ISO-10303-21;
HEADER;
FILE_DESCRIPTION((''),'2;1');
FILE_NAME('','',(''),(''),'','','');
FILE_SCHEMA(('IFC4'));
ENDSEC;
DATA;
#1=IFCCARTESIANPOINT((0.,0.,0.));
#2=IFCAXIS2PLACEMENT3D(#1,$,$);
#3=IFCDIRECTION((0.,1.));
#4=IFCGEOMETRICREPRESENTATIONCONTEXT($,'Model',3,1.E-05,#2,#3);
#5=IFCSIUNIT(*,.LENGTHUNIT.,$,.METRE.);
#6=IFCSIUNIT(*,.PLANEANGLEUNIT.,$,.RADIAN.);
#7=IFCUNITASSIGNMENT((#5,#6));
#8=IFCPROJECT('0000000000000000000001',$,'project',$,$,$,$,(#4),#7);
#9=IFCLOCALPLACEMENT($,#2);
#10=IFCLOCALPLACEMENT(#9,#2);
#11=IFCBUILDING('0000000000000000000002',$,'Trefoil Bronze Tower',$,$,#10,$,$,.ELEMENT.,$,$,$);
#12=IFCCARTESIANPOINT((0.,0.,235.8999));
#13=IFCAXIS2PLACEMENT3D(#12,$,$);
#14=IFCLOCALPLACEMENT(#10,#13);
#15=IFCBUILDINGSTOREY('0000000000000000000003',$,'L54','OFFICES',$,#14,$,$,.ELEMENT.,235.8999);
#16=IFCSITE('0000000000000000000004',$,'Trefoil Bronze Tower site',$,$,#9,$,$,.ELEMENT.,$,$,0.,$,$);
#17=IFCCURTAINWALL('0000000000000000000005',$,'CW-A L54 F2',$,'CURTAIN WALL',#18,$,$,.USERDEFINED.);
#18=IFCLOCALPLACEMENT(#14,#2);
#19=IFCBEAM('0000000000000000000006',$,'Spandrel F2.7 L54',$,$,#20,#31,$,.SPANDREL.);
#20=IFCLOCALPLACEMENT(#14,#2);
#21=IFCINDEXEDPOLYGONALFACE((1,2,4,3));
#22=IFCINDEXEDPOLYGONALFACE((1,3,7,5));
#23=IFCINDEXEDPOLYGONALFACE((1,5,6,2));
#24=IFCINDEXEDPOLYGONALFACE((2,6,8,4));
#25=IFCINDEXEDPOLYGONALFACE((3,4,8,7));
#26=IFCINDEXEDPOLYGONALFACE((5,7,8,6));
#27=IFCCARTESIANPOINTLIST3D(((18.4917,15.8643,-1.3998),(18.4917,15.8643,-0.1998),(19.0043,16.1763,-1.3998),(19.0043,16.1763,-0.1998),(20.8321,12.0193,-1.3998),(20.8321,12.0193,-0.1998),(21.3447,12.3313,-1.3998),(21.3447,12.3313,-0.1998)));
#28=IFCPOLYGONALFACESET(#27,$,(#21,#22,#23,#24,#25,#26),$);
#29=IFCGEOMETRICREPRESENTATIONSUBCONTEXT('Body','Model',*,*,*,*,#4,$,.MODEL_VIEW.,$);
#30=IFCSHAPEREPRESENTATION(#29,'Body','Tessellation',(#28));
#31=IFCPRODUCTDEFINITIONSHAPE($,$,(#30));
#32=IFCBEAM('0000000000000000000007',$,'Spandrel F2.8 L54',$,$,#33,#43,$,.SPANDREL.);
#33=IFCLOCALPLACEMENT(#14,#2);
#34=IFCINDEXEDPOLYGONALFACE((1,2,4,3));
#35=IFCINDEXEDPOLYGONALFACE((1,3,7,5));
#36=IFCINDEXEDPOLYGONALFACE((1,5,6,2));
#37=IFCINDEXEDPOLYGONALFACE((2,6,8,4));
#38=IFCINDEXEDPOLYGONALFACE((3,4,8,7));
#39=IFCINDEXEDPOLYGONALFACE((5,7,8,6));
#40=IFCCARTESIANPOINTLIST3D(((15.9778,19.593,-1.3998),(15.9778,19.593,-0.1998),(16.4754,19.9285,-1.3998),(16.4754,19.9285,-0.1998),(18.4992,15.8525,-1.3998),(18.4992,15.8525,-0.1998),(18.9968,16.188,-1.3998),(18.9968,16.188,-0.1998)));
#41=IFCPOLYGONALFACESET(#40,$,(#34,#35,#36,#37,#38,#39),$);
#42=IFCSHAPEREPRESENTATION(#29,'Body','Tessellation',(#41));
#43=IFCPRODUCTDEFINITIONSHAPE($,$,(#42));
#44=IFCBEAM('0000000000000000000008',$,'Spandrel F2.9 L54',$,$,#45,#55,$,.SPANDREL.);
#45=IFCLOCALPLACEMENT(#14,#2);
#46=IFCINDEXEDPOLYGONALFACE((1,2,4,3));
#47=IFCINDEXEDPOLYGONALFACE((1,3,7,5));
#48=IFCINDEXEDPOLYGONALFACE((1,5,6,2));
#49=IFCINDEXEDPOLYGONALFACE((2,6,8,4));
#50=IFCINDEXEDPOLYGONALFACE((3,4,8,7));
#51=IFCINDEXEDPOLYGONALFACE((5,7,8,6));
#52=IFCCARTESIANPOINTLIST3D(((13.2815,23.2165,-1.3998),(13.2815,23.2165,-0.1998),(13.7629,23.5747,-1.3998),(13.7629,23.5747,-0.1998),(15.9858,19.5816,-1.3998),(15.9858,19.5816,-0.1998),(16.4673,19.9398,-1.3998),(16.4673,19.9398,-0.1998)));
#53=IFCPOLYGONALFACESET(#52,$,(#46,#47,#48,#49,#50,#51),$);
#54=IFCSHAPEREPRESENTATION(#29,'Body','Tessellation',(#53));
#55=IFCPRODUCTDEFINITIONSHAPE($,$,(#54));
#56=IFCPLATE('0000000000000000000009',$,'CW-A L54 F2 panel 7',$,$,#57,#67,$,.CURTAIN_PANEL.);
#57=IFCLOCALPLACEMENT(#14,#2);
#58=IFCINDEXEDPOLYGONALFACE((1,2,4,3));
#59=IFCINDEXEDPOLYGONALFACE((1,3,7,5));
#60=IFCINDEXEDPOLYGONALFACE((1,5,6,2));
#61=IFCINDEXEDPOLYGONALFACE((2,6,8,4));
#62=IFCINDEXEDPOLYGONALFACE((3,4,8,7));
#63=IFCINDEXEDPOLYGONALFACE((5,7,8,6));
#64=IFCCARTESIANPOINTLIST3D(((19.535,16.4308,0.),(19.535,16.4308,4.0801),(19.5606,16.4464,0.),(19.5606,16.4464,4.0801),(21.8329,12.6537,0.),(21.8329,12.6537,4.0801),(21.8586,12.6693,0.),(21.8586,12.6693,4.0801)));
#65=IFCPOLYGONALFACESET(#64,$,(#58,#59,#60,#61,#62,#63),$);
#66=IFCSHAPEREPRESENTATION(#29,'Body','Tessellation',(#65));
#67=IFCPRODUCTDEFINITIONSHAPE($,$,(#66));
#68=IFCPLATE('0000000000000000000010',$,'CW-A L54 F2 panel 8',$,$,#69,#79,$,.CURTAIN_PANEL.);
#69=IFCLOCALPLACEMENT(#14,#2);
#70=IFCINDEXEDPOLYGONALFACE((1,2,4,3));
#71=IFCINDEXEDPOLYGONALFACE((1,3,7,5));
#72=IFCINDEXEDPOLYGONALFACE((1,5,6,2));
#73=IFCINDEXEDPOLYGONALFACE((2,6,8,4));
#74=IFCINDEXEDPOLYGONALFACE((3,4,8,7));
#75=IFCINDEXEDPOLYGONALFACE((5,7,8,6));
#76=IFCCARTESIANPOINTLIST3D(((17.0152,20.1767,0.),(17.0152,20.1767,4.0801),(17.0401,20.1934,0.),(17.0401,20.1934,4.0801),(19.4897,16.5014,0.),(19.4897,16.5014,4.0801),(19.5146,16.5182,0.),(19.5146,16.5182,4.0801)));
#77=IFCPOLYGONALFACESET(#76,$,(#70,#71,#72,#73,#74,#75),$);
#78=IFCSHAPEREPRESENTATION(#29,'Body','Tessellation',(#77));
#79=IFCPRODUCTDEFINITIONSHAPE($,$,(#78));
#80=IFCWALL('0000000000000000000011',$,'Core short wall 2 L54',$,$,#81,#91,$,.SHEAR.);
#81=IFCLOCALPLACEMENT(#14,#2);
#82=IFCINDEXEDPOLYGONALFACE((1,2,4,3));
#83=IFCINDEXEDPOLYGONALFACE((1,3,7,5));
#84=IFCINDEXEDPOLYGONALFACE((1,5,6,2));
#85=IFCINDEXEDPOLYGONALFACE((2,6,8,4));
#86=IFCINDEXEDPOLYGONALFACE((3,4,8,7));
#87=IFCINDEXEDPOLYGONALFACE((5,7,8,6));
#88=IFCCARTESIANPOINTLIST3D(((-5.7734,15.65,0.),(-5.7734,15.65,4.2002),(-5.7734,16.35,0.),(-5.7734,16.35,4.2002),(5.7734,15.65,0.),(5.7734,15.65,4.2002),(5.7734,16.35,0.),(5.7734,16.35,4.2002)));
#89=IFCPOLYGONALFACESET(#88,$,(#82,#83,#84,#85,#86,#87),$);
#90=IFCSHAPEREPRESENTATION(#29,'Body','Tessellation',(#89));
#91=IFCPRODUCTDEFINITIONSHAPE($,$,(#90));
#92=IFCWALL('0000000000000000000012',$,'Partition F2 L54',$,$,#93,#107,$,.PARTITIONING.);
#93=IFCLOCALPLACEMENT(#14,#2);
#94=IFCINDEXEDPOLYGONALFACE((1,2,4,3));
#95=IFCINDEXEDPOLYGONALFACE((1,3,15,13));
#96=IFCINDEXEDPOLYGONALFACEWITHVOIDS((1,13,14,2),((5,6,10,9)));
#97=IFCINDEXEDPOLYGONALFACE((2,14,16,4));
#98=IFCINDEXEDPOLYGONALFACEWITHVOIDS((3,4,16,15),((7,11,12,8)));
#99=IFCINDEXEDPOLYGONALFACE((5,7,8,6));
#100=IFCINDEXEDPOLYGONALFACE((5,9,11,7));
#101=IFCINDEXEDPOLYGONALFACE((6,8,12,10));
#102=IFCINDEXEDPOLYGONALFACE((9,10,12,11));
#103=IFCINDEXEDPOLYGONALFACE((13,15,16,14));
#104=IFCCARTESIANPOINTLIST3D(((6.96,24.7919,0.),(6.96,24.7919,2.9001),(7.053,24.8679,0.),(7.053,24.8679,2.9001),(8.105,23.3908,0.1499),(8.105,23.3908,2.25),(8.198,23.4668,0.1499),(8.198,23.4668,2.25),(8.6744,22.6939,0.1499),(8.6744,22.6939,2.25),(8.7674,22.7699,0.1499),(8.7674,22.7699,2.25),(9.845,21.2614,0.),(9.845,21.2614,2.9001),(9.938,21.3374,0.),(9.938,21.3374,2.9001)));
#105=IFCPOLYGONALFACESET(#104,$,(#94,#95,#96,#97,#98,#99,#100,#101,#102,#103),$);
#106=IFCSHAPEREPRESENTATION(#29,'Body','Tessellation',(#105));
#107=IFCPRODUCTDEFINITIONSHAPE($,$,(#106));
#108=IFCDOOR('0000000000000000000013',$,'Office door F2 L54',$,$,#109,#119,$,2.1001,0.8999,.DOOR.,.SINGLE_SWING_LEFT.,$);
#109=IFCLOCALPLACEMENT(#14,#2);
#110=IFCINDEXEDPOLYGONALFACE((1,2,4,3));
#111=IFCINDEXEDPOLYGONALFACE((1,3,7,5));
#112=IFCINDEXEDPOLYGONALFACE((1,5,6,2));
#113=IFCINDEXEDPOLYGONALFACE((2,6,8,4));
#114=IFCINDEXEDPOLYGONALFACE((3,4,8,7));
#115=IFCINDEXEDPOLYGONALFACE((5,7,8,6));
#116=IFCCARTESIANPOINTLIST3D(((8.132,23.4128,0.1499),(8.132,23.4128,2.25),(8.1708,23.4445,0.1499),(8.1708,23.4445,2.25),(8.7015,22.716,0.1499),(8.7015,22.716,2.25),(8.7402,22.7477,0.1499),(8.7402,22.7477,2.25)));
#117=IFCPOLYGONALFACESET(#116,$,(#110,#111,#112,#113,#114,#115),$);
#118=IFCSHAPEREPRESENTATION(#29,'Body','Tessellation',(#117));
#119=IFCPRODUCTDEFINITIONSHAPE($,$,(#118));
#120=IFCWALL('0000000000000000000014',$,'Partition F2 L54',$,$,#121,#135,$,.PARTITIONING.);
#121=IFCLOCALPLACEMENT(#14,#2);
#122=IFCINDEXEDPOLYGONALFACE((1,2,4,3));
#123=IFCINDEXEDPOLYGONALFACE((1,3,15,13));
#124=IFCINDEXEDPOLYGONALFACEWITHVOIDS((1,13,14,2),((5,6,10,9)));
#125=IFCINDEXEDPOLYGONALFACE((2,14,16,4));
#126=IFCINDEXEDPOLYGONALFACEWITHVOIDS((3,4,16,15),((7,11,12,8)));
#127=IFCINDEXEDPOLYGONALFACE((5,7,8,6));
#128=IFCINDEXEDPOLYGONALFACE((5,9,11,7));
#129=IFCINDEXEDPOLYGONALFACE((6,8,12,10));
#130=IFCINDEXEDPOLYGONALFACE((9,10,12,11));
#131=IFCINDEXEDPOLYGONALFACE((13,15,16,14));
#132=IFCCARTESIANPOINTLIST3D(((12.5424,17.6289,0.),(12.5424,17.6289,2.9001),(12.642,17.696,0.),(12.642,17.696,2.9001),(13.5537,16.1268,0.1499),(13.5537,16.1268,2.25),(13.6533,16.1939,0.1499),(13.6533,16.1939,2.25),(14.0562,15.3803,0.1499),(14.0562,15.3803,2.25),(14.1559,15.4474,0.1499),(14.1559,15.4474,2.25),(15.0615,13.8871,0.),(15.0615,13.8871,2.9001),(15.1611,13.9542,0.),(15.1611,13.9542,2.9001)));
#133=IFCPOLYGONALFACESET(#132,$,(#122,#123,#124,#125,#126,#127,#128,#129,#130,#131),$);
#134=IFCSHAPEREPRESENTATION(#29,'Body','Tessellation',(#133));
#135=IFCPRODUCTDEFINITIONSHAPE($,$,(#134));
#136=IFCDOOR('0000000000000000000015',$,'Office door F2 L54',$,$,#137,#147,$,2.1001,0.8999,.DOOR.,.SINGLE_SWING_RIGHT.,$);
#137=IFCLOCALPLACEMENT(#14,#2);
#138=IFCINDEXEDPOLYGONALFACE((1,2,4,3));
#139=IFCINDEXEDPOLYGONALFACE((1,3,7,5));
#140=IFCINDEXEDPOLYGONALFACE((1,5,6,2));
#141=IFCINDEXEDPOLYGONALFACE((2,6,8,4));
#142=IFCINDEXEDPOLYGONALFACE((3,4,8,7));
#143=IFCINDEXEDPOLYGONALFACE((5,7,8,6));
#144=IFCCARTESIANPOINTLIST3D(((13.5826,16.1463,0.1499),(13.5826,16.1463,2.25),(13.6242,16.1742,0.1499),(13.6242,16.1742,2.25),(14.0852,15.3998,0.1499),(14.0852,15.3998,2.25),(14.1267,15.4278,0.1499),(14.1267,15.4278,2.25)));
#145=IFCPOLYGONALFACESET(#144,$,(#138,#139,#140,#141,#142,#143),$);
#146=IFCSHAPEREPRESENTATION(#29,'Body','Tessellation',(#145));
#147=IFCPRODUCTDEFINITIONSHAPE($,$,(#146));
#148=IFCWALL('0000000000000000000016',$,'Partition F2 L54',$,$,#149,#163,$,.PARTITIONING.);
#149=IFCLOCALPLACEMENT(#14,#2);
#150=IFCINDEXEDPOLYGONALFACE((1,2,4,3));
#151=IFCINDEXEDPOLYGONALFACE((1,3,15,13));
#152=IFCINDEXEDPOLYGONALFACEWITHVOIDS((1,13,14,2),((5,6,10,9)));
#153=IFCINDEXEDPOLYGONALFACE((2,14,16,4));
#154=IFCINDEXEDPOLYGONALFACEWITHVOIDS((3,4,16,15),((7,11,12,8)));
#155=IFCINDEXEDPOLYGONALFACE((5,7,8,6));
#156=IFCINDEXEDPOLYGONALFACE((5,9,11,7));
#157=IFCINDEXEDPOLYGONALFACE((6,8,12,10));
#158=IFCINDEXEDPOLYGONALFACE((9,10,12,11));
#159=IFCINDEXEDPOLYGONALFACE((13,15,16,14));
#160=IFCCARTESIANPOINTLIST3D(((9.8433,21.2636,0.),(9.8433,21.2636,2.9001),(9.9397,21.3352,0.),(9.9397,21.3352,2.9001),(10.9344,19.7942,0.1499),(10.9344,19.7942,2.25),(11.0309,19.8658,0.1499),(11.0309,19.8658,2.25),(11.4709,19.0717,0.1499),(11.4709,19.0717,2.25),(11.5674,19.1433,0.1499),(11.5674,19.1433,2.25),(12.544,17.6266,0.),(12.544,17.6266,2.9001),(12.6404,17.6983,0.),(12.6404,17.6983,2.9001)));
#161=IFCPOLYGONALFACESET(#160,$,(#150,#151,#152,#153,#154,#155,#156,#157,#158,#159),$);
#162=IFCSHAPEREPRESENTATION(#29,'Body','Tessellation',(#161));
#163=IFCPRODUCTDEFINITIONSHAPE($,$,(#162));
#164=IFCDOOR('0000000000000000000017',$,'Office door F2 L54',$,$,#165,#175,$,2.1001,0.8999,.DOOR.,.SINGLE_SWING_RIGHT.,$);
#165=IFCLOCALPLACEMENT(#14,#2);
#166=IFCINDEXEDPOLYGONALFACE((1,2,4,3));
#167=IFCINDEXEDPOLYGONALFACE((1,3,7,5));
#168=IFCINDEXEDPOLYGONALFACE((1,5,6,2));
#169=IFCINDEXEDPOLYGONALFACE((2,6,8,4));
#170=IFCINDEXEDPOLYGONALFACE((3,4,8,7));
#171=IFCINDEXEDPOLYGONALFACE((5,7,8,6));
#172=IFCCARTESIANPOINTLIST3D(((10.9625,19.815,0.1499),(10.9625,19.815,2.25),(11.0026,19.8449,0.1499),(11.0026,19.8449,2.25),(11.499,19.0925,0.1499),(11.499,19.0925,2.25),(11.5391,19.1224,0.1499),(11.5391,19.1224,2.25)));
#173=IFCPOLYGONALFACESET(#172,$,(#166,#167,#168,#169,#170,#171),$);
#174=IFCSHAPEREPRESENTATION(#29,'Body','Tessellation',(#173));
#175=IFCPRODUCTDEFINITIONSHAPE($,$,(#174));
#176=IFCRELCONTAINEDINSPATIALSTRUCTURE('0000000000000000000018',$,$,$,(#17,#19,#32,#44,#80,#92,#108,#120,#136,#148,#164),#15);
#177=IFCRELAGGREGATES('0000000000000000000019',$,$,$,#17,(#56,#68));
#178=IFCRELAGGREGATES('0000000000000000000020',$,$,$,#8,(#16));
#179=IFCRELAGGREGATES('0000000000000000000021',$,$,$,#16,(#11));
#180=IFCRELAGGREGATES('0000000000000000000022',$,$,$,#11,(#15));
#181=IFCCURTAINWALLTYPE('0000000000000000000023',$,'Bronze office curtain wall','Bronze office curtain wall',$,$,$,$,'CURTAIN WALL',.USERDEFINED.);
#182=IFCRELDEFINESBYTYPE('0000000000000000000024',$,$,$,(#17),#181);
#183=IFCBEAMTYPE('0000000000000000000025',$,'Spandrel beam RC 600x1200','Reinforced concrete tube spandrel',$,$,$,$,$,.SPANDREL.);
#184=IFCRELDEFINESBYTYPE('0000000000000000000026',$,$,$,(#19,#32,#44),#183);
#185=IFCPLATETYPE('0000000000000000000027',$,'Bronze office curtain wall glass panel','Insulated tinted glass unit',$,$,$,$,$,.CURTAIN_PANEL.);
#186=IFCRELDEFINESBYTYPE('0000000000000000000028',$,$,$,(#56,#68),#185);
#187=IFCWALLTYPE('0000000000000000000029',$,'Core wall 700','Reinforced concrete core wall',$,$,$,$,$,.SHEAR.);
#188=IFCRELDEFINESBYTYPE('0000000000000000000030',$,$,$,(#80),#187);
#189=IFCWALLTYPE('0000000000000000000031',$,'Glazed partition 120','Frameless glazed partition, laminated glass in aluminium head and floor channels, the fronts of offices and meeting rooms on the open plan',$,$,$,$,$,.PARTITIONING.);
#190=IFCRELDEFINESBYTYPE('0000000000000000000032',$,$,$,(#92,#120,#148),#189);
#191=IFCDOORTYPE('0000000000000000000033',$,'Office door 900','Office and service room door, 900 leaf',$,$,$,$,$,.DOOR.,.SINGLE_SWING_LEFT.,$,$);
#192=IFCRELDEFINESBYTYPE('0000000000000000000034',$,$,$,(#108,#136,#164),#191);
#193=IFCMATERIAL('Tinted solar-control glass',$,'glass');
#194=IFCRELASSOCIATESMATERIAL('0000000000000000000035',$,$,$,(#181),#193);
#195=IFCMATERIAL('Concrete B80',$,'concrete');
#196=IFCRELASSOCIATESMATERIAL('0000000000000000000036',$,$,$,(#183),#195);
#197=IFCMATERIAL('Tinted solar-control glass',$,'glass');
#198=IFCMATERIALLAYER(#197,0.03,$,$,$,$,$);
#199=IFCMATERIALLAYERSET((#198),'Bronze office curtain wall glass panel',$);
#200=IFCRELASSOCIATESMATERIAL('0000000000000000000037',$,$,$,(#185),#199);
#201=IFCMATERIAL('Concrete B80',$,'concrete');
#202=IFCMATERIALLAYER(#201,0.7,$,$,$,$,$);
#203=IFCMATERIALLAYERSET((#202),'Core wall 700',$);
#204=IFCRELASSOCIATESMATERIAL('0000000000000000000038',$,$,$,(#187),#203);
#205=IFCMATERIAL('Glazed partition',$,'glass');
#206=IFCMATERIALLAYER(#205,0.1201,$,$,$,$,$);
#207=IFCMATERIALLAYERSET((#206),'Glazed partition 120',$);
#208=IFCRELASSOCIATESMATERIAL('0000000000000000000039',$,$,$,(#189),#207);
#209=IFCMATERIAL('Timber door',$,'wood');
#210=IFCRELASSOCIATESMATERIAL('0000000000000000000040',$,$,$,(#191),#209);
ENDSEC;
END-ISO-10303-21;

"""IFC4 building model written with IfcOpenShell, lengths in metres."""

from ifc_helpers import new_model, si_unit, direction, frame, frame_2d, origin, origin_2d, place, context, subcontext, project, spatial, rectangle, extrude, material, layer, layer_set, material_profile, profile_set, type_object, element, fill, aggregate, save


model = new_model("IFC4")

# Units and contexts
model_context = context("Model", 3, precision=1e-05, world=origin(), true_north=direction((0.0, 1.0)))
body_context = subcontext(model_context, "Body", "Model", "MODEL_VIEW")
ifc_project = project(units=[si_unit("LENGTHUNIT", "METRE"), si_unit("PLANEANGLEUNIT", "RADIAN")], contexts=[model_context])

# Site, building, storey
site_placement = place(None, origin())
site = spatial("IfcSite", under=ifc_project, at=site_placement, Name="Trefoil Bronze Tower site", CompositionType="ELEMENT", RefElevation=0.0)
building_placement = place(site_placement, origin())
building = spatial("IfcBuilding", under=site, at=building_placement, Name="Trefoil Bronze Tower", CompositionType="ELEMENT")
storey_placement = place(building_placement, frame((0.0, 0.0, 235.8999)))
storey = spatial("IfcBuildingStorey", under=building, at=storey_placement, Name="L54", Description="OFFICES", CompositionType="ELEMENT", Elevation=235.8999)

# Curtain wall
ifc_material_1 = material(Name="Tinted solar-control glass", Category="glass")
curtain_wall_type = type_object("IfcCurtainWallType", Name="Bronze office curtain wall", Description="Bronze office curtain wall", ElementType="CURTAIN WALL", PredefinedType="USERDEFINED", material=ifc_material_1)
curtain_wall_placement = place(storey_placement, origin())
curtain_wall = element("IfcCurtainWall", 1, at=curtain_wall_placement, inside=storey, type_object=curtain_wall_type, Name="CW-A L54 F2", ObjectType="CURTAIN WALL", PredefinedType="USERDEFINED")

# Beams
ifc_material_2 = material(Name="Concrete B80", Category="concrete")
ifc_material_profile_1 = material_profile(ifc_material_2, rectangle(XDim=0.6001, YDim=1.2, at=origin_2d()), Name="RC 600x1200")
ifc_profile_set_1 = profile_set([ifc_material_profile_1], Name="Concrete B80")
beam_type_1 = type_object("IfcBeamType", Name="Spandrel beam RC 600x1200", Description="Reinforced concrete tube spandrel", PredefinedType="SPANDREL", material=ifc_profile_set_1)
beam_1_placement = place(storey_placement, frame((21.0884, 12.1753, -0.7998), z_axis=(-0.519933, 0.854207, 0.0), x_axis=(-0.854207, -0.519933, 0.0)))
element("IfcBeam", 2, at=beam_1_placement, inside=storey, type_object=beam_type_1, Name="Spandrel F2.7 L54", PredefinedType="SPANDREL", context=body_context, shape_type="SweptSolid", body=[
    extrude(rectangle(XDim=0.6001, YDim=1.2, at=origin_2d()), origin(), (0.0, 0.0, 1.0), 4.5012),
])
beam_2_placement = place(storey_placement, frame((18.748, 16.0203, -0.7998), z_axis=(-0.558964, 0.829192, 0.0), x_axis=(-0.829192, -0.558964, 0.0)))
element("IfcBeam", 3, at=beam_2_placement, inside=storey, type_object=beam_type_1, Name="Spandrel F2.8 L54", PredefinedType="SPANDREL", context=body_context, shape_type="SweptSolid", body=[
    extrude(rectangle(XDim=0.6001, YDim=1.2, at=origin_2d()), origin(), (0.0, 0.0, 1.0), 4.511),
])
beam_3_placement = place(storey_placement, frame((16.2266, 19.7607, -0.7998), z_axis=(-0.596926, 0.802296, 0.0), x_axis=(-0.802296, -0.596926, 0.0)))
element("IfcBeam", 4, at=beam_3_placement, inside=storey, type_object=beam_type_1, Name="Spandrel F2.9 L54", PredefinedType="SPANDREL", context=body_context, shape_type="SweptSolid", body=[
    extrude(rectangle(XDim=0.6001, YDim=1.2, at=origin_2d()), origin(), (0.0, 0.0, 1.0), 4.5305),
])

# Plates
ifc_material_3 = material(Name="Tinted solar-control glass", Category="glass")
ifc_layer_1 = layer(ifc_material_3, 0.03)
ifc_layer_set_1 = layer_set([ifc_layer_1], Name="Bronze office curtain wall glass panel")
plate_type = type_object("IfcPlateType", Name="Bronze office curtain wall glass panel", Description="Insulated tinted glass unit", PredefinedType="CURTAIN_PANEL", material=ifc_layer_set_1)
plate_1_placement = place(storey_placement, frame((20.6968, 14.55, 0.0), z_axis=(0.0, 0.0, 1.0), x_axis=(-0.519762, 0.854311, 0.0)))
plate_1 = element("IfcPlate", 5, at=plate_1_placement, type_object=plate_type, Name="CW-A L54 F2 panel 7", PredefinedType="CURTAIN_PANEL", context=body_context, shape_type="SweptSolid", body=[
    extrude(rectangle(XDim=4.4211, YDim=0.03, at=origin_2d()), origin(), (0.0, 0.0, 1.0), 4.0801),
])
plate_2_placement = place(storey_placement, frame((18.2649, 18.3474, 0.0), z_axis=(0.0, 0.0, 1.0), x_axis=(-0.558493, 0.829509, 0.0)))
plate_2 = element("IfcPlate", 6, at=plate_2_placement, type_object=plate_type, Name="CW-A L54 F2 panel 8", PredefinedType="CURTAIN_PANEL", context=body_context, shape_type="SweptSolid", body=[
    extrude(rectangle(XDim=4.4307, YDim=0.03, at=origin_2d()), origin(), (0.0, 0.0, 1.0), 4.0801),
])
aggregate(curtain_wall, [plate_1, plate_2])

# Wall
ifc_material_4 = material(Name="Concrete B80", Category="concrete")
ifc_layer_2 = layer(ifc_material_4, 0.7)
ifc_layer_set_2 = layer_set([ifc_layer_2], Name="Core wall 700")
wall_type_1 = type_object("IfcWallType", Name="Core wall 700", Description="Reinforced concrete core wall", PredefinedType="SHEAR", material=ifc_layer_set_2)
wall_1_placement = place(storey_placement, frame((5.7734, 16.0, 0.0), z_axis=(0.0, 0.0, 1.0), x_axis=(-1.0, 0.0, 0.0)))
element("IfcWall", 7, at=wall_1_placement, inside=storey, type_object=wall_type_1, Name="Core short wall 2 L54", PredefinedType="SHEAR", context=body_context, shape_type="SweptSolid", body=[
    extrude(rectangle(XDim=11.5469, YDim=0.7, at=frame_2d((5.7734, 0.0))), origin(), (0.0, 0.0, 1.0), 4.2002),
])

# Walls, openings, doors
ifc_material_5 = material(Name="Glazed partition", Category="glass")
ifc_layer_3 = layer(ifc_material_5, 0.1201)
ifc_layer_set_3 = layer_set([ifc_layer_3], Name="Glazed partition 120")
wall_type_2 = type_object("IfcWallType", Name="Glazed partition 120", Description="Frameless glazed partition, laminated glass in aluminium head and floor channels, the fronts of offices and meeting rooms on the open plan", PredefinedType="PARTITIONING", material=ifc_layer_set_3)
wall_2_placement = place(storey_placement, frame((9.8916, 21.2993, 0.0), z_axis=(0.0, 0.0, 1.0), x_axis=(-0.632765, 0.774344, 0.0)))
wall_2 = element("IfcWall", 8, at=wall_2_placement, inside=storey, type_object=wall_type_2, Name="Partition F2 L54", PredefinedType="PARTITIONING", context=body_context, shape_type="SweptSolid", body=[
    extrude(rectangle(XDim=4.5593, YDim=0.1201, at=frame_2d((2.2798, 0.0))), origin(), (0.0, 0.0, 1.0), 2.9001),
])
opening_1_placement = place(wall_2_placement, frame((1.8501, 0.0, 0.1499)))
opening_1 = element("IfcOpeningElement", 9, at=opening_1_placement, cuts=wall_2, PredefinedType="OPENING", context=body_context, shape_type="SweptSolid", body=[
    extrude(rectangle(XDim=0.8999, YDim=2.1001, at=frame_2d((0.45, 1.05))), frame((0.0, 0.0701, 0.0), z_axis=(0.0, -1.0, 0.0), x_axis=(1.0, 0.0, 0.0)), (0.0, 0.0, 1.0), 0.1401),
])
ifc_material_6 = material(Name="Timber door", Category="wood")
door_type = type_object("IfcDoorType", Name="Office door 900", Description="Office and service room door, 900 leaf", OperationType="SINGLE_SWING_LEFT", PredefinedType="DOOR", material=ifc_material_6)
door_1_placement = place(opening_1_placement, frame((0.8999, 0.0, 0.0), z_axis=(0.0, 0.0, 1.0), x_axis=(-1.0, 0.0, 0.0)))
door_1 = element("IfcDoor", 10, at=door_1_placement, inside=storey, type_object=door_type, Name="Office door F2 L54", OperationType="SINGLE_SWING_LEFT", OverallHeight=2.1001, OverallWidth=0.8999, PredefinedType="DOOR", context=body_context, shape_type="SweptSolid", body=[
    extrude(rectangle(XDim=0.8999, YDim=2.1001, at=frame_2d((0.45, 1.05))), frame((0.0, 0.0249, 0.0), z_axis=(0.0, -1.0, 0.0), x_axis=(1.0, 0.0, 0.0)), (0.0, 0.0, 1.0), 0.05),
])
fill(opening_1, door_1)
wall_3_placement = place(storey_placement, frame((15.1113, 13.9207, 0.0), z_axis=(0.0, 0.0, 1.0), x_axis=(-0.558467, 0.829527, 0.0)))
wall_3 = element("IfcWall", 11, at=wall_3_placement, inside=storey, type_object=wall_type_2, Name="Partition F2 L54", PredefinedType="PARTITIONING", context=body_context, shape_type="SweptSolid", body=[
    extrude(rectangle(XDim=4.5107, YDim=0.1201, at=frame_2d((2.2554, 0.0))), origin(), (0.0, 0.0, 1.0), 2.9001),
])
opening_2_placement = place(wall_3_placement, frame((1.8, 0.0, 0.1499)))
opening_2 = element("IfcOpeningElement", 12, at=opening_2_placement, cuts=wall_3, PredefinedType="OPENING", context=body_context, shape_type="SweptSolid", body=[
    extrude(rectangle(XDim=0.8999, YDim=2.1001, at=frame_2d((0.45, 1.05))), frame((0.0, 0.0701, 0.0), z_axis=(0.0, -1.0, 0.0), x_axis=(1.0, 0.0, 0.0)), (0.0, 0.0, 1.0), 0.1401),
])
door_2_placement = place(opening_2_placement, frame((0.8999, 0.0, 0.0), z_axis=(0.0, 0.0, 1.0), x_axis=(-1.0, 0.0, 0.0)))
door_2 = element("IfcDoor", 13, at=door_2_placement, inside=storey, type_object=door_type, Name="Office door F2 L54", OperationType="SINGLE_SWING_RIGHT", OverallHeight=2.1001, OverallWidth=0.8999, PredefinedType="DOOR", context=body_context, shape_type="SweptSolid", body=[
    extrude(rectangle(XDim=0.8999, YDim=2.1001, at=frame_2d((0.45, 1.05))), frame((0.0, 0.0249, 0.0), z_axis=(0.0, -1.0, 0.0), x_axis=(1.0, 0.0, 0.0)), (0.0, 0.0, 1.0), 0.05),
])
fill(opening_2, door_2)
wall_4_placement = place(storey_placement, frame((12.5923, 17.6624, 0.0), z_axis=(0.0, 0.0, 1.0), x_axis=(-0.596173, 0.802856, 0.0)))
wall_4 = element("IfcWall", 14, at=wall_4_placement, inside=storey, type_object=wall_type_2, Name="Partition F2 L54", PredefinedType="PARTITIONING", context=body_context, shape_type="SweptSolid", body=[
    extrude(rectangle(XDim=4.53, YDim=0.1201, at=frame_2d((2.2651, 0.0))), origin(), (0.0, 0.0, 1.0), 2.9001),
])
opening_3_placement = place(wall_4_placement, frame((1.8, 0.0, 0.1499)))
opening_3 = element("IfcOpeningElement", 15, at=opening_3_placement, cuts=wall_4, PredefinedType="OPENING", context=body_context, shape_type="SweptSolid", body=[
    extrude(rectangle(XDim=0.8999, YDim=2.1001, at=frame_2d((0.45, 1.05))), frame((0.0, 0.0701, 0.0), z_axis=(0.0, -1.0, 0.0), x_axis=(1.0, 0.0, 0.0)), (0.0, 0.0, 1.0), 0.1401),
])
door_3_placement = place(opening_3_placement, frame((0.8999, 0.0, 0.0), z_axis=(0.0, 0.0, 1.0), x_axis=(-1.0, 0.0, 0.0)))
door_3 = element("IfcDoor", 16, at=door_3_placement, inside=storey, type_object=door_type, Name="Office door F2 L54", OperationType="SINGLE_SWING_RIGHT", OverallHeight=2.1001, OverallWidth=0.8999, PredefinedType="DOOR", context=body_context, shape_type="SweptSolid", body=[
    extrude(rectangle(XDim=0.8999, YDim=2.1001, at=frame_2d((0.45, 1.05))), frame((0.0, 0.0249, 0.0), z_axis=(0.0, -1.0, 0.0), x_axis=(1.0, 0.0, 0.0)), (0.0, 0.0, 1.0), 0.05),
])
fill(opening_3, door_3)

save(model, "model.ifc")
